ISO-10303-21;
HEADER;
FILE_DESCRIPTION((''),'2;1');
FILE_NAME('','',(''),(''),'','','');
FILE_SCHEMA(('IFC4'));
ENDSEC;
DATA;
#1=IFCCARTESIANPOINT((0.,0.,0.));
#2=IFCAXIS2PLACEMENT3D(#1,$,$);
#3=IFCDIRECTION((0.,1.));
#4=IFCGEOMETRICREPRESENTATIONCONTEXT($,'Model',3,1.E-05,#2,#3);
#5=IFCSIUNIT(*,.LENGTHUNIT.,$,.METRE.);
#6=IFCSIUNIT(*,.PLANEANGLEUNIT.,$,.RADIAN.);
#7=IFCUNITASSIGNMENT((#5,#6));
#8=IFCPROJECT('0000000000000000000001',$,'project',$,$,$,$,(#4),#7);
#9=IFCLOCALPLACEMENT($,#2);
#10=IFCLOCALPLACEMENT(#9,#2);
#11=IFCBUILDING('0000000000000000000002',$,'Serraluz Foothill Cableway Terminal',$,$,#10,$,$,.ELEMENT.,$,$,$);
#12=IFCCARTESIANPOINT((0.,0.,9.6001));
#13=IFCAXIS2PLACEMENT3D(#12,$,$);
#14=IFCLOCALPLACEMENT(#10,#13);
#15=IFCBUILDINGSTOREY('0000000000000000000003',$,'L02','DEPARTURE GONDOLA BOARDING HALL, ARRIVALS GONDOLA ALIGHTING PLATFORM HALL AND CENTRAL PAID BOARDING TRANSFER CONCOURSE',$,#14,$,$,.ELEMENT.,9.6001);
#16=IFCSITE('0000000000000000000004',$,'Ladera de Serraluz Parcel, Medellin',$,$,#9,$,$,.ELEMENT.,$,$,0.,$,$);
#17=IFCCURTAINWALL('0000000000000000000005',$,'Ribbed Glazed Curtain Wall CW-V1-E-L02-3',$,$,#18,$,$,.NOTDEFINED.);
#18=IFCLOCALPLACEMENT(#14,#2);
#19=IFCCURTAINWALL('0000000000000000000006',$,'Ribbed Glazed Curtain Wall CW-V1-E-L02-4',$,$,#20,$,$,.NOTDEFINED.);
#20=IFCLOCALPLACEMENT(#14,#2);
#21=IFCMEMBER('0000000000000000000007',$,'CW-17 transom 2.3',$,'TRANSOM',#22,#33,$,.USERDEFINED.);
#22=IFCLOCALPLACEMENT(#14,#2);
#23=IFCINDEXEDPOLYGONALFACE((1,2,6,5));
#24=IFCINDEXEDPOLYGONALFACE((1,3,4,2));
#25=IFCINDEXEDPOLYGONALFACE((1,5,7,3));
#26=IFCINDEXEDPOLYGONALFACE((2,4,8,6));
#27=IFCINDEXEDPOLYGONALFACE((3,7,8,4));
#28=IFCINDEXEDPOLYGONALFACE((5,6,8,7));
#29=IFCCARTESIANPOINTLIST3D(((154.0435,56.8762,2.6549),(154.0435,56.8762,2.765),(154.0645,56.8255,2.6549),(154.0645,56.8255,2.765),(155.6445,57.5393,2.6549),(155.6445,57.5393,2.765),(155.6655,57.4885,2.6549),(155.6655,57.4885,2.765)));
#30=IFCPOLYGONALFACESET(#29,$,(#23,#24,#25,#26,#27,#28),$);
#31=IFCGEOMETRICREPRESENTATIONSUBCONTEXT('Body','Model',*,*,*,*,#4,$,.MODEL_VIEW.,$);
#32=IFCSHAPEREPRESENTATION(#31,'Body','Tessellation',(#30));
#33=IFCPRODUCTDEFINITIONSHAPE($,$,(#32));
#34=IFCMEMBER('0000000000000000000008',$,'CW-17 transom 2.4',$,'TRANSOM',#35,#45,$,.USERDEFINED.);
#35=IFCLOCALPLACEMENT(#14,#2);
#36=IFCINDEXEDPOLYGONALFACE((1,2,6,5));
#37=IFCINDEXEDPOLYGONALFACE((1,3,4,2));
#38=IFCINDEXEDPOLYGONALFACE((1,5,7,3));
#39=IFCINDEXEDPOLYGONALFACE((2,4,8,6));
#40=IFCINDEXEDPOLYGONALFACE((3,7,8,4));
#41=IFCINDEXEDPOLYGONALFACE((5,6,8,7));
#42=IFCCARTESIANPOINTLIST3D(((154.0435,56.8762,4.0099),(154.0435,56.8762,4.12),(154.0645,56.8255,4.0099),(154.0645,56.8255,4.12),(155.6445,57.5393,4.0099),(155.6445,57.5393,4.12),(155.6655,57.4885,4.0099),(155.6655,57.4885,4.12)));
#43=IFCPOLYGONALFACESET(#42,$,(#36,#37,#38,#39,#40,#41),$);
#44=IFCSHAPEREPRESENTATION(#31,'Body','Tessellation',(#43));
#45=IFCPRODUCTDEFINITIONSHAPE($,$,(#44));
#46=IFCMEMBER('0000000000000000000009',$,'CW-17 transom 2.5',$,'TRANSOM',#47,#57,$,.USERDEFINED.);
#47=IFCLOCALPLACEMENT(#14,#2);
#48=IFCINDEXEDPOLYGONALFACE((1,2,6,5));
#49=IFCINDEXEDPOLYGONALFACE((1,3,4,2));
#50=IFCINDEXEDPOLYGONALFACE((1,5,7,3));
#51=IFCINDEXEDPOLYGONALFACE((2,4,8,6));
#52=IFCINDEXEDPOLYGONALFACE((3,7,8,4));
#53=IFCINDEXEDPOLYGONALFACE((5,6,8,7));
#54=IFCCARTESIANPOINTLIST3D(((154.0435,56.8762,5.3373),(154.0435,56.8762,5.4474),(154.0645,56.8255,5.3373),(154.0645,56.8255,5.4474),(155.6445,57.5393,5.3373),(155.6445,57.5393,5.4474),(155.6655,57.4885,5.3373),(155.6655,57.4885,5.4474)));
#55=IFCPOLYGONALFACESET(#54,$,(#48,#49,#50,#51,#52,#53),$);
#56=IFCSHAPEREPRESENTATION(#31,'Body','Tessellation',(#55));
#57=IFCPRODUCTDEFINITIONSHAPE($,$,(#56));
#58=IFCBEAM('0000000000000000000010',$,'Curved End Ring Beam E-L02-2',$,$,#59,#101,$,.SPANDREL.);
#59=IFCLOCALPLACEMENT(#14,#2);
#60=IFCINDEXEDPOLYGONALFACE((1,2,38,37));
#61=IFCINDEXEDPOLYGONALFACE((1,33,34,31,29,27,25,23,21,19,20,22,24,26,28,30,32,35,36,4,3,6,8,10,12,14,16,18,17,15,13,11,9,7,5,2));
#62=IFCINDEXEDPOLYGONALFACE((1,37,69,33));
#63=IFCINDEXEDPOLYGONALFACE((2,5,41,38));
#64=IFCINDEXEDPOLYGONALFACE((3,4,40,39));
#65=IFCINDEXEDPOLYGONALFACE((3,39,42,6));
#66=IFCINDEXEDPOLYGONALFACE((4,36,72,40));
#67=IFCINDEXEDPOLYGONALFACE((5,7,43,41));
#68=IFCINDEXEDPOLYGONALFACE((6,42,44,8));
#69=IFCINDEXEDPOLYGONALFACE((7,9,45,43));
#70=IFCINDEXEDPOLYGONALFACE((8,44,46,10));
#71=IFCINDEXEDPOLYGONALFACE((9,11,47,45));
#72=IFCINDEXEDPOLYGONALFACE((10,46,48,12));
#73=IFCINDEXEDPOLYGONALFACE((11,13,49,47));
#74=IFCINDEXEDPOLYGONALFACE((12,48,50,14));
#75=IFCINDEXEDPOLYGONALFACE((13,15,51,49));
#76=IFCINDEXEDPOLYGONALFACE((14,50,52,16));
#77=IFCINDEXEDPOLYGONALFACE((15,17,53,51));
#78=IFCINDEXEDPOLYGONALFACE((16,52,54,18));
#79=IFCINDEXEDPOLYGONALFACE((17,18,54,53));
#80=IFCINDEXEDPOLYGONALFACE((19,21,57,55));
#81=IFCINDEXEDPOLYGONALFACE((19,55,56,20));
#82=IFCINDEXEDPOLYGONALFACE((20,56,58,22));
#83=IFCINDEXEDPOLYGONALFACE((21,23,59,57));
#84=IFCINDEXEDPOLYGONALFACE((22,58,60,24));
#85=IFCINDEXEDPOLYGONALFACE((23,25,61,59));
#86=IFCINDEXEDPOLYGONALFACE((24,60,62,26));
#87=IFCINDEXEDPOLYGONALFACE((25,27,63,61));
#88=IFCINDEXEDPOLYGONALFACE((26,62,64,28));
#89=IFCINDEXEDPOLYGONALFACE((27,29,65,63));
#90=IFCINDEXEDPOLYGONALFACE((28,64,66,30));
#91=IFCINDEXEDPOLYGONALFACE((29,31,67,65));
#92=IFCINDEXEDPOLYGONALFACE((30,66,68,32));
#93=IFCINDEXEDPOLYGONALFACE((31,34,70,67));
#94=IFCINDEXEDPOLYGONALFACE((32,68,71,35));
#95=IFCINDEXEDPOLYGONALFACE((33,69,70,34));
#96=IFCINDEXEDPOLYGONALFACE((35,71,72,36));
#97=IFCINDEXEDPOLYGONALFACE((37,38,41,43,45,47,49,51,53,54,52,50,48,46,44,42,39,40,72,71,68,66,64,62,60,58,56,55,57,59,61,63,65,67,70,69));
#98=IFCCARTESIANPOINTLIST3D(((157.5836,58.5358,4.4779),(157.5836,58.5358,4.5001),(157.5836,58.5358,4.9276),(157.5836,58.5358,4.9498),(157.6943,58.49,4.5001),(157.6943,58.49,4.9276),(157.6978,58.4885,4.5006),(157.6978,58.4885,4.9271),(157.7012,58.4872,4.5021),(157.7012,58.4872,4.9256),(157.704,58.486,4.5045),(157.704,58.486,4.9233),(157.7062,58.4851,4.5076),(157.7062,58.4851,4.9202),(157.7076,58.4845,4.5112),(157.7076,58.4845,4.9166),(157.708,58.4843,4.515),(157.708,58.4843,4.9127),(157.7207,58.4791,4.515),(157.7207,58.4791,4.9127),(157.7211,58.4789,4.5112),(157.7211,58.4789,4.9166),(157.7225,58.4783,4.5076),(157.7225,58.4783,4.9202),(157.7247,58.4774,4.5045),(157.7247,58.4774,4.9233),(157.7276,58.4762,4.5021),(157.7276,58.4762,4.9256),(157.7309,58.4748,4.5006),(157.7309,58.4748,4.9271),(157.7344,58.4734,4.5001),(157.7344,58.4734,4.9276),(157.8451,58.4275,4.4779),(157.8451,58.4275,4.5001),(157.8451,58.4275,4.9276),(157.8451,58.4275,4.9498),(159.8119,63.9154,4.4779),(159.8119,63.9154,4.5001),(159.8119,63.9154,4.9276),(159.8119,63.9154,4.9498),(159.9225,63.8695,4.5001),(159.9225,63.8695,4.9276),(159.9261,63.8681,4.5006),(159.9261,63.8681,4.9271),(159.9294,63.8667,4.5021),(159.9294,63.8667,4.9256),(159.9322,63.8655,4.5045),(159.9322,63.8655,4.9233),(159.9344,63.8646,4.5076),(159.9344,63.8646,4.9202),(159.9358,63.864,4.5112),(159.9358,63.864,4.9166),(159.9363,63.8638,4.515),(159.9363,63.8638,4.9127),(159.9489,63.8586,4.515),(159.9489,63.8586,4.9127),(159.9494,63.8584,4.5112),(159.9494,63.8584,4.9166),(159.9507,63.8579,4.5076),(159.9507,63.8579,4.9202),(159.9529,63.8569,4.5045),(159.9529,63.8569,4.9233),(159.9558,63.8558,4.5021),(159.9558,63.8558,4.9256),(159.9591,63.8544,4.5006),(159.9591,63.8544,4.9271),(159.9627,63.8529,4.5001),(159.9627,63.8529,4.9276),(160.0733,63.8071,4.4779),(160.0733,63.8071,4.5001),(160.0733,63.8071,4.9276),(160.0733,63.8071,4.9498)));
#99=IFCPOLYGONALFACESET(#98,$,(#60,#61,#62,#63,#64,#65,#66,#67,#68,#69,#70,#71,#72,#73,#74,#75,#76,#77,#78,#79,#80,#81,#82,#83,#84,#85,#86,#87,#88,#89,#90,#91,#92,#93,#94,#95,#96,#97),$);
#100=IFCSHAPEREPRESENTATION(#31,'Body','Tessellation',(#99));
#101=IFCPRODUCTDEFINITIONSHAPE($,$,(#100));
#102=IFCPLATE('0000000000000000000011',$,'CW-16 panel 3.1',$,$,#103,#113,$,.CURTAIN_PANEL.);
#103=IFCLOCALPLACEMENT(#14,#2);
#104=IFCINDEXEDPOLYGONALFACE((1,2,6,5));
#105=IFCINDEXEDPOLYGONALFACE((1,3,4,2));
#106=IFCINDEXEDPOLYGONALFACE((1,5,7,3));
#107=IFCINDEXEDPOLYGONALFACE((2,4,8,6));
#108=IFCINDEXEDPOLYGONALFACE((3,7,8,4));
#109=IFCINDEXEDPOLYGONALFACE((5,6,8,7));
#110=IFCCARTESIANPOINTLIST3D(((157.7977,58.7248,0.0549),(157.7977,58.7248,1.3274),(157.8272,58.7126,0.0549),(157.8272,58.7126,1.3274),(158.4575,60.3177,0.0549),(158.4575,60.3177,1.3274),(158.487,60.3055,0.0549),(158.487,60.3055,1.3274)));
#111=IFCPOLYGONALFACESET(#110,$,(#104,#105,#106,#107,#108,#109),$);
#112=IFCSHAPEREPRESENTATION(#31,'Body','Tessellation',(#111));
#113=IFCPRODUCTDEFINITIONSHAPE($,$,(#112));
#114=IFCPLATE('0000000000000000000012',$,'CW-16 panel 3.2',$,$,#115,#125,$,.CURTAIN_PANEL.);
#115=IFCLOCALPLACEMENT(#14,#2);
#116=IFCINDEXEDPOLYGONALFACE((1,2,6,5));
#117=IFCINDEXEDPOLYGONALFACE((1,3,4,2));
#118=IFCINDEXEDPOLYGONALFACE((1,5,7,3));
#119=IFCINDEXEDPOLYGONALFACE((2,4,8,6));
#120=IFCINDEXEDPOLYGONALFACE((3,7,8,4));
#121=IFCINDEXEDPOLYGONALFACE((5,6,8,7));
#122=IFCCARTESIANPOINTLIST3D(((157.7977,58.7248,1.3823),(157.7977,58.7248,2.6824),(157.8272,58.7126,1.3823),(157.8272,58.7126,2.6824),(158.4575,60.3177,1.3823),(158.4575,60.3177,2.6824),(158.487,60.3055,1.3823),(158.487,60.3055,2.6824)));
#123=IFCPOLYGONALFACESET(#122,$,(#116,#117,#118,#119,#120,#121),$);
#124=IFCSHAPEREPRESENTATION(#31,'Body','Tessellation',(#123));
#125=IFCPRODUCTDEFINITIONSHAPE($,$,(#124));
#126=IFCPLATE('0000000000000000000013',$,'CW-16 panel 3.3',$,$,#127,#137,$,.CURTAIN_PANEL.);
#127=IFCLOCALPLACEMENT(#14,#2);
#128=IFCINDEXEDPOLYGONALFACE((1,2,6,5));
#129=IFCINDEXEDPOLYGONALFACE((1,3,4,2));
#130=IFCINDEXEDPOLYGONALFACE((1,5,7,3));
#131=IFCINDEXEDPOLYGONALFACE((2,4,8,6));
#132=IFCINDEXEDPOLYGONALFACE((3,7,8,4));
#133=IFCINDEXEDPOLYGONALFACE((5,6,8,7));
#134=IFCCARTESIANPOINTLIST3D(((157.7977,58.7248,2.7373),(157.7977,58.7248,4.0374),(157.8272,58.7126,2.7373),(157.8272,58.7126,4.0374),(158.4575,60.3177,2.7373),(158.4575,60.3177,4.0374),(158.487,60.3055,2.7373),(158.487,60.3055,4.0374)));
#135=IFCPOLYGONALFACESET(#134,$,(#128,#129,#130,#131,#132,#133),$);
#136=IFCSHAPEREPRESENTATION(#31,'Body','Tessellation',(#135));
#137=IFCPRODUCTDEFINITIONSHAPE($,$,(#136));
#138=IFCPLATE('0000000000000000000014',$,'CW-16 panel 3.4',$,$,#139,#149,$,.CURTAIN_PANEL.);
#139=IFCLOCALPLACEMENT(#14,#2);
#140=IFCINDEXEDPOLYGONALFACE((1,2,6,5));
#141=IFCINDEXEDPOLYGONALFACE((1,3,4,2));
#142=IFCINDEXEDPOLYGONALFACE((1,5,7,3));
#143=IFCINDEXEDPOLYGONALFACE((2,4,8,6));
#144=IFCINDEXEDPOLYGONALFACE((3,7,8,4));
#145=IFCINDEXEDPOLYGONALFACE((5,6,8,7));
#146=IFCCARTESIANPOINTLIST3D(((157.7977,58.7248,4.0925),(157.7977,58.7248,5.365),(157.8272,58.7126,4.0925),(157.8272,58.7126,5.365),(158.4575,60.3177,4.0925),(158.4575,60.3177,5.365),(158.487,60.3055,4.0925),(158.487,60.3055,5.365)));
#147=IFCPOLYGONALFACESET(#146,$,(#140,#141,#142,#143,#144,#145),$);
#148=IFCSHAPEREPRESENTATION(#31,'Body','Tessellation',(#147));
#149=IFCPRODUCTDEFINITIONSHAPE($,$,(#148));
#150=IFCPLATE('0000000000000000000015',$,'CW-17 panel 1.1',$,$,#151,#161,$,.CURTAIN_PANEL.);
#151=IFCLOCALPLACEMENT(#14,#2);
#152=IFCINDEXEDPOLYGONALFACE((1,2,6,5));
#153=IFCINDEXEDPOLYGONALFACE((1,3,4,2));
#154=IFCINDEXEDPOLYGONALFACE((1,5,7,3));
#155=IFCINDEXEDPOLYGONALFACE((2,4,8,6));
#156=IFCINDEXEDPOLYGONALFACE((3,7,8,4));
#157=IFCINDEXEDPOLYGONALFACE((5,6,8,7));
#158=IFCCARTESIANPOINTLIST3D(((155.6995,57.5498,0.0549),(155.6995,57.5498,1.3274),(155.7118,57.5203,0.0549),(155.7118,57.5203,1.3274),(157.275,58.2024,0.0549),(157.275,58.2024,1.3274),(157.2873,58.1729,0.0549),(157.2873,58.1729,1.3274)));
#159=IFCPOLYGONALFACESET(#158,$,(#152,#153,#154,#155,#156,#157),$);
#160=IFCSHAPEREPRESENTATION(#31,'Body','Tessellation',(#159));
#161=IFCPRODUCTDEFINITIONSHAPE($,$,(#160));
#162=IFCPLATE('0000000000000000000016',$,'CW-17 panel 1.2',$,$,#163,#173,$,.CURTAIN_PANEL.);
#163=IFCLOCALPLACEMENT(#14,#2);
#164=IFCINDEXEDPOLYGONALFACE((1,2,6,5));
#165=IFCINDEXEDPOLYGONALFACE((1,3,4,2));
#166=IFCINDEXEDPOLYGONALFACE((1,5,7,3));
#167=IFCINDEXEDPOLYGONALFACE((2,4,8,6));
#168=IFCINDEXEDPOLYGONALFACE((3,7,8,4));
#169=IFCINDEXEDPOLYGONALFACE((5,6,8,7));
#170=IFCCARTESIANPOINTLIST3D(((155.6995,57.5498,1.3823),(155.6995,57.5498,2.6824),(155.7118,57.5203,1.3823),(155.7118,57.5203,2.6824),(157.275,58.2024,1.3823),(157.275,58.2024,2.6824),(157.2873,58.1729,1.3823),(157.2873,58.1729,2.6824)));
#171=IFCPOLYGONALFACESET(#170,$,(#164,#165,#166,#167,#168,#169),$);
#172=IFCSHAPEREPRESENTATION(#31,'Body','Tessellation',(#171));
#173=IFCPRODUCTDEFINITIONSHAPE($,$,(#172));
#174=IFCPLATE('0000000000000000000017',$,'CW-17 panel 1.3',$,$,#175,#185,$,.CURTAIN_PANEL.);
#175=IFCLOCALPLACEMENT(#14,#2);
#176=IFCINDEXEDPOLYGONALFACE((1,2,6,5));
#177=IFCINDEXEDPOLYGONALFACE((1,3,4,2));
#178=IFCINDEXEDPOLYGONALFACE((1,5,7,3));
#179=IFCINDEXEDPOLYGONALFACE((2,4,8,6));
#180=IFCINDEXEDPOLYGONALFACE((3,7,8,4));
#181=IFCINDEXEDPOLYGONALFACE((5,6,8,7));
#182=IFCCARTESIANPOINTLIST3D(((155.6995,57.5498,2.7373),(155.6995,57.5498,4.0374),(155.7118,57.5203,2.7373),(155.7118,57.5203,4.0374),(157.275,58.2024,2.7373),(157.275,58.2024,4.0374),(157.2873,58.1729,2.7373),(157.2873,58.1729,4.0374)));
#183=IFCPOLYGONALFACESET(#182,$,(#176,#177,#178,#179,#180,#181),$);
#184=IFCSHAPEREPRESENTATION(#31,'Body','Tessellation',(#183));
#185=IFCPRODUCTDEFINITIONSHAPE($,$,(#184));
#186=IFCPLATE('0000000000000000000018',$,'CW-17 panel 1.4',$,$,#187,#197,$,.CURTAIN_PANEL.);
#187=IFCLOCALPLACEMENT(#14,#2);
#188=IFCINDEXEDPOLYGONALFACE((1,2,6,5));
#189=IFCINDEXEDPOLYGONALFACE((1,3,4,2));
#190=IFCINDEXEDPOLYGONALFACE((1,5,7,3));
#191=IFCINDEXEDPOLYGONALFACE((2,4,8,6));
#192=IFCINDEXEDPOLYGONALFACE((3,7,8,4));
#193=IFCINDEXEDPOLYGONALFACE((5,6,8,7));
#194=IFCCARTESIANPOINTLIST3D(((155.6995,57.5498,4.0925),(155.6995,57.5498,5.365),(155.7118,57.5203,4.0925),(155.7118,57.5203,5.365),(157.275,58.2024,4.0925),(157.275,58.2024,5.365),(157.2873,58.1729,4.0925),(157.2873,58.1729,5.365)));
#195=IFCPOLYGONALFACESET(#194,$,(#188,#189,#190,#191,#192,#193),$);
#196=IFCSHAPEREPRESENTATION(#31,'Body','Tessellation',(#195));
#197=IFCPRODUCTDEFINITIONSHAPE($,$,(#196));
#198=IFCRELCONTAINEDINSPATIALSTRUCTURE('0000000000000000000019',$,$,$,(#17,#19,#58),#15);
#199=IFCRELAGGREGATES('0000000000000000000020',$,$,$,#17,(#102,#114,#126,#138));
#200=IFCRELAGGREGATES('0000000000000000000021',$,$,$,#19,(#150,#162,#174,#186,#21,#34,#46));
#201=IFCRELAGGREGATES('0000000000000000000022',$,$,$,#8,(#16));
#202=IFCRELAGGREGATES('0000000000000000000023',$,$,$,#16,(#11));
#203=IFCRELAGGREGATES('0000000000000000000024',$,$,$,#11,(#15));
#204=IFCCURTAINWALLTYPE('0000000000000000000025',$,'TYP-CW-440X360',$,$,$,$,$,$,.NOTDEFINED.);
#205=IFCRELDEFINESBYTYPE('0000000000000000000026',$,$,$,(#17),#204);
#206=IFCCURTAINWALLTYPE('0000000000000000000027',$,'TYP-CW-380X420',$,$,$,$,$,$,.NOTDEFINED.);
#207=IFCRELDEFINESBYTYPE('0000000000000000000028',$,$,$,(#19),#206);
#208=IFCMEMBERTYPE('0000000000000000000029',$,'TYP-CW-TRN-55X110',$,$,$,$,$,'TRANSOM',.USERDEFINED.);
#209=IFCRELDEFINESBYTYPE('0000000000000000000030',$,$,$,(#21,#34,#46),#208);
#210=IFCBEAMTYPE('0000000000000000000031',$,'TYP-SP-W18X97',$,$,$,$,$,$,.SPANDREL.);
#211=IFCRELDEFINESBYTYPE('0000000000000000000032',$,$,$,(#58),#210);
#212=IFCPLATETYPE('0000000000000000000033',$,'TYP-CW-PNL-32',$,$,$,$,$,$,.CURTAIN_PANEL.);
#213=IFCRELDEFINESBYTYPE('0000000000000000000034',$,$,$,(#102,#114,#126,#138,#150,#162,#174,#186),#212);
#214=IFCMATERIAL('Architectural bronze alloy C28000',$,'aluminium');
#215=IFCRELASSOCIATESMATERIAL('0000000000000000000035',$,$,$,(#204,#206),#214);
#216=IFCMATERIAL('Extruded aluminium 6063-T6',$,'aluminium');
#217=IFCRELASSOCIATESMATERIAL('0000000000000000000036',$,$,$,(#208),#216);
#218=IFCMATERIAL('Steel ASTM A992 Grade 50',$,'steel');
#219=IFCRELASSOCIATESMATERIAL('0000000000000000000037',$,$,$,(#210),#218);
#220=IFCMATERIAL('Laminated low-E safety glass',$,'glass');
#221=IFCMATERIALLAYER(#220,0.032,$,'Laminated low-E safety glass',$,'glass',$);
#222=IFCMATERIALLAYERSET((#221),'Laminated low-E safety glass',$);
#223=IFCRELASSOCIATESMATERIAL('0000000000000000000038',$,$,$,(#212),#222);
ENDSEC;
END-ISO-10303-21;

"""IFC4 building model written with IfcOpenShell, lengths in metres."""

from ifc_helpers import new_model, si_unit, direction, frame, origin, origin_2d, place, context, subcontext, project, spatial, rectangle, i_section, extrude, material, layer, layer_set, material_profile, profile_set, type_object, element, aggregate, save


model = new_model("IFC4")

# Units and contexts
model_context = context("Model", 3, precision=1e-05, world=origin(), true_north=direction((0.0, 1.0)))
body_context = subcontext(model_context, "Body", "Model", "MODEL_VIEW")
ifc_project = project(units=[si_unit("LENGTHUNIT", "METRE"), si_unit("PLANEANGLEUNIT", "RADIAN")], contexts=[model_context])

# Site, building, storey
site_placement = place(None, origin())
site = spatial("IfcSite", under=ifc_project, at=site_placement, Name="Ladera de Serraluz Parcel, Medellin", CompositionType="ELEMENT", RefElevation=0.0)
building_placement = place(site_placement, origin())
building = spatial("IfcBuilding", under=site, at=building_placement, Name="Serraluz Foothill Cableway Terminal", CompositionType="ELEMENT")
storey_placement = place(building_placement, frame((0.0, 0.0, 9.6001)))
storey = spatial("IfcBuildingStorey", under=building, at=storey_placement, Name="L02", Description="DEPARTURE GONDOLA BOARDING HALL, ARRIVALS GONDOLA ALIGHTING PLATFORM HALL AND CENTRAL PAID BOARDING TRANSFER CONCOURSE", CompositionType="ELEMENT", Elevation=9.6001)

# Curtain wall
ifc_material_1 = material(Name="Architectural bronze alloy C28000", Category="aluminium")
curtain_wall_type_1 = type_object("IfcCurtainWallType", Name="TYP-CW-440X360", PredefinedType="NOTDEFINED", material=ifc_material_1)
curtain_wall_1_placement = place(storey_placement, origin())
curtain_wall_1 = element("IfcCurtainWall", 1, at=curtain_wall_1_placement, inside=storey, type_object=curtain_wall_type_1, Name="Ribbed Glazed Curtain Wall CW-V1-E-L02-3", PredefinedType="NOTDEFINED")
ifc_material_2 = material(Name="Extruded aluminium 6063-T6", Category="aluminium")

# Curtain wall, members
curtain_wall_type_2 = type_object("IfcCurtainWallType", Name="TYP-CW-380X420", PredefinedType="NOTDEFINED", material=ifc_material_1)
curtain_wall_2_placement = place(storey_placement, origin())
curtain_wall_2 = element("IfcCurtainWall", 2, at=curtain_wall_2_placement, inside=storey, type_object=curtain_wall_type_2, Name="Ribbed Glazed Curtain Wall CW-V1-E-L02-4", PredefinedType="NOTDEFINED")
ifc_material_profile_1 = material_profile(ifc_material_2, rectangle(XDim=0.0549, YDim=0.1101, at=origin_2d()), Name="ALU TRANSOM 55x110")
ifc_profile_set_1 = profile_set([ifc_material_profile_1], Name="Extruded aluminium 6063-T6")
member_type_1 = type_object("IfcMemberType", Name="TYP-CW-TRN-55X110", ElementType="TRANSOM", PredefinedType="USERDEFINED", material=ifc_profile_set_1)
member_1_placement = place(storey_placement, frame((155.655, 57.5139, 2.71), z_axis=(-0.9239, -0.382634, 0.0), x_axis=(0.382634, -0.9239, 0.0)))
member_1 = element("IfcMember", 3, at=member_1_placement, type_object=member_type_1, Name="CW-17 transom 2.3", ObjectType="TRANSOM", PredefinedType="USERDEFINED", context=body_context, shape_type="SweptSolid", body=[
    extrude(rectangle(XDim=0.0549, YDim=0.1101, at=origin_2d()), origin(), (0.0, 0.0, 1.0), 1.7329),
])
member_2_placement = place(storey_placement, frame((155.655, 57.5139, 4.0649), z_axis=(-0.9239, -0.382634, 0.0), x_axis=(0.382634, -0.9239, 0.0)))
member_2 = element("IfcMember", 4, at=member_2_placement, type_object=member_type_1, Name="CW-17 transom 2.4", ObjectType="TRANSOM", PredefinedType="USERDEFINED", context=body_context, shape_type="SweptSolid", body=[
    extrude(rectangle(XDim=0.0549, YDim=0.1101, at=origin_2d()), origin(), (0.0, 0.0, 1.0), 1.7329),
])
member_3_placement = place(storey_placement, frame((155.655, 57.5139, 5.3923), z_axis=(-0.9239, -0.382634, 0.0), x_axis=(0.382634, -0.9239, 0.0)))
member_3 = element("IfcMember", 5, at=member_3_placement, type_object=member_type_1, Name="CW-17 transom 2.5", ObjectType="TRANSOM", PredefinedType="USERDEFINED", context=body_context, shape_type="SweptSolid", body=[
    extrude(rectangle(XDim=0.0549, YDim=0.1101, at=origin_2d()), origin(), (0.0, 0.0, 1.0), 1.7329),
])

# Beam
ifc_material_3 = material(Name="Steel ASTM A992 Grade 50", Category="steel")
ifc_material_profile_2 = material_profile(ifc_material_3, i_section(OverallWidth=0.283, OverallDepth=0.4719, WebThickness=0.0137, FlangeThickness=0.0222, FilletRadius=0.0149, at=origin_2d()), Name="W18X97")
ifc_profile_set_2 = profile_set([ifc_material_profile_2], Name="Steel ASTM A992 Grade 50")
beam_type = type_object("IfcBeamType", Name="TYP-SP-W18X97", PredefinedType="SPANDREL", material=ifc_profile_set_2)
beam_placement = place(storey_placement, frame((157.7144, 58.4817, 4.7139), z_axis=(0.382676, 0.923882, 0.0), x_axis=(-0.923882, 0.382676, 0.0)))
element("IfcBeam", 6, at=beam_placement, inside=storey, type_object=beam_type, Name="Curved End Ring Beam E-L02-2", PredefinedType="SPANDREL", context=body_context, shape_type="SweptSolid", body=[
    extrude(i_section(OverallWidth=0.283, OverallDepth=0.4719, WebThickness=0.0137, FlangeThickness=0.0222, FilletRadius=0.0149, at=origin_2d()), origin(), (0.0, 0.0, 1.0), 5.8228),
])

# Plates
ifc_material_4 = material(Name="Laminated low-E safety glass", Category="glass")
ifc_layer_1 = layer(ifc_material_4, 0.032, Name="Laminated low-E safety glass", Category="glass")
ifc_layer_set_1 = layer_set([ifc_layer_1], Name="Laminated low-E safety glass")
plate_type_1 = type_object("IfcPlateType", Name="TYP-CW-PNL-32", PredefinedType="CURTAIN_PANEL", material=ifc_layer_set_1)
plate_1_placement = place(storey_placement, frame((158.1423, 59.5151, 0.0549), z_axis=(0.0, 0.0, 1.0), x_axis=(-0.382685, -0.923879, 0.0)))
plate_1 = element("IfcPlate", 7, at=plate_1_placement, type_object=plate_type_1, Name="CW-16 panel 3.1", PredefinedType="CURTAIN_PANEL", context=body_context, shape_type="SweptSolid", body=[
    extrude(rectangle(XDim=1.7241, YDim=0.032, at=origin_2d()), origin(), (0.0, 0.0, 1.0), 1.2725),
])
plate_2_placement = place(storey_placement, frame((158.1423, 59.5151, 1.3823), z_axis=(0.0, 0.0, 1.0), x_axis=(-0.382685, -0.923879, 0.0)))
plate_2 = element("IfcPlate", 8, at=plate_2_placement, type_object=plate_type_1, Name="CW-16 panel 3.2", PredefinedType="CURTAIN_PANEL", context=body_context, shape_type="SweptSolid", body=[
    extrude(rectangle(XDim=1.7241, YDim=0.032, at=origin_2d()), origin(), (0.0, 0.0, 1.0), 1.3),
])
plate_3_placement = place(storey_placement, frame((158.1423, 59.5151, 2.7373), z_axis=(0.0, 0.0, 1.0), x_axis=(-0.382685, -0.923879, 0.0)))
plate_3 = element("IfcPlate", 9, at=plate_3_placement, type_object=plate_type_1, Name="CW-16 panel 3.3", PredefinedType="CURTAIN_PANEL", context=body_context, shape_type="SweptSolid", body=[
    extrude(rectangle(XDim=1.7241, YDim=0.032, at=origin_2d()), origin(), (0.0, 0.0, 1.0), 1.3),
])
plate_4_placement = place(storey_placement, frame((158.1423, 59.5151, 4.0925), z_axis=(0.0, 0.0, 1.0), x_axis=(-0.382685, -0.923879, 0.0)))
plate_4 = element("IfcPlate", 10, at=plate_4_placement, type_object=plate_type_1, Name="CW-16 panel 3.4", PredefinedType="CURTAIN_PANEL", context=body_context, shape_type="SweptSolid", body=[
    extrude(rectangle(XDim=1.7241, YDim=0.032, at=origin_2d()), origin(), (0.0, 0.0, 1.0), 1.2725),
])
aggregate(curtain_wall_1, [plate_1, plate_2, plate_3, plate_4])
plate_5_placement = place(storey_placement, frame((156.4934, 57.8613, 0.0549), z_axis=(0.0, 0.0, 1.0), x_axis=(-0.92388, -0.382682, 0.0)))
plate_5 = element("IfcPlate", 11, at=plate_5_placement, type_object=plate_type_1, Name="CW-17 panel 1.1", PredefinedType="CURTAIN_PANEL", context=body_context, shape_type="SweptSolid", body=[
    extrude(rectangle(XDim=1.7053, YDim=0.032, at=origin_2d()), origin(), (0.0, 0.0, 1.0), 1.2725),
])
plate_6_placement = place(storey_placement, frame((156.4934, 57.8613, 1.3823), z_axis=(0.0, 0.0, 1.0), x_axis=(-0.92388, -0.382682, 0.0)))
plate_6 = element("IfcPlate", 12, at=plate_6_placement, type_object=plate_type_1, Name="CW-17 panel 1.2", PredefinedType="CURTAIN_PANEL", context=body_context, shape_type="SweptSolid", body=[
    extrude(rectangle(XDim=1.7053, YDim=0.032, at=origin_2d()), origin(), (0.0, 0.0, 1.0), 1.3),
])
plate_7_placement = place(storey_placement, frame((156.4934, 57.8613, 2.7373), z_axis=(0.0, 0.0, 1.0), x_axis=(-0.92388, -0.382682, 0.0)))
plate_7 = element("IfcPlate", 13, at=plate_7_placement, type_object=plate_type_1, Name="CW-17 panel 1.3", PredefinedType="CURTAIN_PANEL", context=body_context, shape_type="SweptSolid", body=[
    extrude(rectangle(XDim=1.7053, YDim=0.032, at=origin_2d()), origin(), (0.0, 0.0, 1.0), 1.3),
])
plate_8_placement = place(storey_placement, frame((156.4934, 57.8613, 4.0925), z_axis=(0.0, 0.0, 1.0), x_axis=(-0.92388, -0.382682, 0.0)))
plate_8 = element("IfcPlate", 14, at=plate_8_placement, type_object=plate_type_1, Name="CW-17 panel 1.4", PredefinedType="CURTAIN_PANEL", context=body_context, shape_type="SweptSolid", body=[
    extrude(rectangle(XDim=1.7053, YDim=0.032, at=origin_2d()), origin(), (0.0, 0.0, 1.0), 1.2725),
])
aggregate(curtain_wall_2, [plate_5, plate_6, plate_7, plate_8, member_1, member_2, member_3])

save(model, "model.ifc")
